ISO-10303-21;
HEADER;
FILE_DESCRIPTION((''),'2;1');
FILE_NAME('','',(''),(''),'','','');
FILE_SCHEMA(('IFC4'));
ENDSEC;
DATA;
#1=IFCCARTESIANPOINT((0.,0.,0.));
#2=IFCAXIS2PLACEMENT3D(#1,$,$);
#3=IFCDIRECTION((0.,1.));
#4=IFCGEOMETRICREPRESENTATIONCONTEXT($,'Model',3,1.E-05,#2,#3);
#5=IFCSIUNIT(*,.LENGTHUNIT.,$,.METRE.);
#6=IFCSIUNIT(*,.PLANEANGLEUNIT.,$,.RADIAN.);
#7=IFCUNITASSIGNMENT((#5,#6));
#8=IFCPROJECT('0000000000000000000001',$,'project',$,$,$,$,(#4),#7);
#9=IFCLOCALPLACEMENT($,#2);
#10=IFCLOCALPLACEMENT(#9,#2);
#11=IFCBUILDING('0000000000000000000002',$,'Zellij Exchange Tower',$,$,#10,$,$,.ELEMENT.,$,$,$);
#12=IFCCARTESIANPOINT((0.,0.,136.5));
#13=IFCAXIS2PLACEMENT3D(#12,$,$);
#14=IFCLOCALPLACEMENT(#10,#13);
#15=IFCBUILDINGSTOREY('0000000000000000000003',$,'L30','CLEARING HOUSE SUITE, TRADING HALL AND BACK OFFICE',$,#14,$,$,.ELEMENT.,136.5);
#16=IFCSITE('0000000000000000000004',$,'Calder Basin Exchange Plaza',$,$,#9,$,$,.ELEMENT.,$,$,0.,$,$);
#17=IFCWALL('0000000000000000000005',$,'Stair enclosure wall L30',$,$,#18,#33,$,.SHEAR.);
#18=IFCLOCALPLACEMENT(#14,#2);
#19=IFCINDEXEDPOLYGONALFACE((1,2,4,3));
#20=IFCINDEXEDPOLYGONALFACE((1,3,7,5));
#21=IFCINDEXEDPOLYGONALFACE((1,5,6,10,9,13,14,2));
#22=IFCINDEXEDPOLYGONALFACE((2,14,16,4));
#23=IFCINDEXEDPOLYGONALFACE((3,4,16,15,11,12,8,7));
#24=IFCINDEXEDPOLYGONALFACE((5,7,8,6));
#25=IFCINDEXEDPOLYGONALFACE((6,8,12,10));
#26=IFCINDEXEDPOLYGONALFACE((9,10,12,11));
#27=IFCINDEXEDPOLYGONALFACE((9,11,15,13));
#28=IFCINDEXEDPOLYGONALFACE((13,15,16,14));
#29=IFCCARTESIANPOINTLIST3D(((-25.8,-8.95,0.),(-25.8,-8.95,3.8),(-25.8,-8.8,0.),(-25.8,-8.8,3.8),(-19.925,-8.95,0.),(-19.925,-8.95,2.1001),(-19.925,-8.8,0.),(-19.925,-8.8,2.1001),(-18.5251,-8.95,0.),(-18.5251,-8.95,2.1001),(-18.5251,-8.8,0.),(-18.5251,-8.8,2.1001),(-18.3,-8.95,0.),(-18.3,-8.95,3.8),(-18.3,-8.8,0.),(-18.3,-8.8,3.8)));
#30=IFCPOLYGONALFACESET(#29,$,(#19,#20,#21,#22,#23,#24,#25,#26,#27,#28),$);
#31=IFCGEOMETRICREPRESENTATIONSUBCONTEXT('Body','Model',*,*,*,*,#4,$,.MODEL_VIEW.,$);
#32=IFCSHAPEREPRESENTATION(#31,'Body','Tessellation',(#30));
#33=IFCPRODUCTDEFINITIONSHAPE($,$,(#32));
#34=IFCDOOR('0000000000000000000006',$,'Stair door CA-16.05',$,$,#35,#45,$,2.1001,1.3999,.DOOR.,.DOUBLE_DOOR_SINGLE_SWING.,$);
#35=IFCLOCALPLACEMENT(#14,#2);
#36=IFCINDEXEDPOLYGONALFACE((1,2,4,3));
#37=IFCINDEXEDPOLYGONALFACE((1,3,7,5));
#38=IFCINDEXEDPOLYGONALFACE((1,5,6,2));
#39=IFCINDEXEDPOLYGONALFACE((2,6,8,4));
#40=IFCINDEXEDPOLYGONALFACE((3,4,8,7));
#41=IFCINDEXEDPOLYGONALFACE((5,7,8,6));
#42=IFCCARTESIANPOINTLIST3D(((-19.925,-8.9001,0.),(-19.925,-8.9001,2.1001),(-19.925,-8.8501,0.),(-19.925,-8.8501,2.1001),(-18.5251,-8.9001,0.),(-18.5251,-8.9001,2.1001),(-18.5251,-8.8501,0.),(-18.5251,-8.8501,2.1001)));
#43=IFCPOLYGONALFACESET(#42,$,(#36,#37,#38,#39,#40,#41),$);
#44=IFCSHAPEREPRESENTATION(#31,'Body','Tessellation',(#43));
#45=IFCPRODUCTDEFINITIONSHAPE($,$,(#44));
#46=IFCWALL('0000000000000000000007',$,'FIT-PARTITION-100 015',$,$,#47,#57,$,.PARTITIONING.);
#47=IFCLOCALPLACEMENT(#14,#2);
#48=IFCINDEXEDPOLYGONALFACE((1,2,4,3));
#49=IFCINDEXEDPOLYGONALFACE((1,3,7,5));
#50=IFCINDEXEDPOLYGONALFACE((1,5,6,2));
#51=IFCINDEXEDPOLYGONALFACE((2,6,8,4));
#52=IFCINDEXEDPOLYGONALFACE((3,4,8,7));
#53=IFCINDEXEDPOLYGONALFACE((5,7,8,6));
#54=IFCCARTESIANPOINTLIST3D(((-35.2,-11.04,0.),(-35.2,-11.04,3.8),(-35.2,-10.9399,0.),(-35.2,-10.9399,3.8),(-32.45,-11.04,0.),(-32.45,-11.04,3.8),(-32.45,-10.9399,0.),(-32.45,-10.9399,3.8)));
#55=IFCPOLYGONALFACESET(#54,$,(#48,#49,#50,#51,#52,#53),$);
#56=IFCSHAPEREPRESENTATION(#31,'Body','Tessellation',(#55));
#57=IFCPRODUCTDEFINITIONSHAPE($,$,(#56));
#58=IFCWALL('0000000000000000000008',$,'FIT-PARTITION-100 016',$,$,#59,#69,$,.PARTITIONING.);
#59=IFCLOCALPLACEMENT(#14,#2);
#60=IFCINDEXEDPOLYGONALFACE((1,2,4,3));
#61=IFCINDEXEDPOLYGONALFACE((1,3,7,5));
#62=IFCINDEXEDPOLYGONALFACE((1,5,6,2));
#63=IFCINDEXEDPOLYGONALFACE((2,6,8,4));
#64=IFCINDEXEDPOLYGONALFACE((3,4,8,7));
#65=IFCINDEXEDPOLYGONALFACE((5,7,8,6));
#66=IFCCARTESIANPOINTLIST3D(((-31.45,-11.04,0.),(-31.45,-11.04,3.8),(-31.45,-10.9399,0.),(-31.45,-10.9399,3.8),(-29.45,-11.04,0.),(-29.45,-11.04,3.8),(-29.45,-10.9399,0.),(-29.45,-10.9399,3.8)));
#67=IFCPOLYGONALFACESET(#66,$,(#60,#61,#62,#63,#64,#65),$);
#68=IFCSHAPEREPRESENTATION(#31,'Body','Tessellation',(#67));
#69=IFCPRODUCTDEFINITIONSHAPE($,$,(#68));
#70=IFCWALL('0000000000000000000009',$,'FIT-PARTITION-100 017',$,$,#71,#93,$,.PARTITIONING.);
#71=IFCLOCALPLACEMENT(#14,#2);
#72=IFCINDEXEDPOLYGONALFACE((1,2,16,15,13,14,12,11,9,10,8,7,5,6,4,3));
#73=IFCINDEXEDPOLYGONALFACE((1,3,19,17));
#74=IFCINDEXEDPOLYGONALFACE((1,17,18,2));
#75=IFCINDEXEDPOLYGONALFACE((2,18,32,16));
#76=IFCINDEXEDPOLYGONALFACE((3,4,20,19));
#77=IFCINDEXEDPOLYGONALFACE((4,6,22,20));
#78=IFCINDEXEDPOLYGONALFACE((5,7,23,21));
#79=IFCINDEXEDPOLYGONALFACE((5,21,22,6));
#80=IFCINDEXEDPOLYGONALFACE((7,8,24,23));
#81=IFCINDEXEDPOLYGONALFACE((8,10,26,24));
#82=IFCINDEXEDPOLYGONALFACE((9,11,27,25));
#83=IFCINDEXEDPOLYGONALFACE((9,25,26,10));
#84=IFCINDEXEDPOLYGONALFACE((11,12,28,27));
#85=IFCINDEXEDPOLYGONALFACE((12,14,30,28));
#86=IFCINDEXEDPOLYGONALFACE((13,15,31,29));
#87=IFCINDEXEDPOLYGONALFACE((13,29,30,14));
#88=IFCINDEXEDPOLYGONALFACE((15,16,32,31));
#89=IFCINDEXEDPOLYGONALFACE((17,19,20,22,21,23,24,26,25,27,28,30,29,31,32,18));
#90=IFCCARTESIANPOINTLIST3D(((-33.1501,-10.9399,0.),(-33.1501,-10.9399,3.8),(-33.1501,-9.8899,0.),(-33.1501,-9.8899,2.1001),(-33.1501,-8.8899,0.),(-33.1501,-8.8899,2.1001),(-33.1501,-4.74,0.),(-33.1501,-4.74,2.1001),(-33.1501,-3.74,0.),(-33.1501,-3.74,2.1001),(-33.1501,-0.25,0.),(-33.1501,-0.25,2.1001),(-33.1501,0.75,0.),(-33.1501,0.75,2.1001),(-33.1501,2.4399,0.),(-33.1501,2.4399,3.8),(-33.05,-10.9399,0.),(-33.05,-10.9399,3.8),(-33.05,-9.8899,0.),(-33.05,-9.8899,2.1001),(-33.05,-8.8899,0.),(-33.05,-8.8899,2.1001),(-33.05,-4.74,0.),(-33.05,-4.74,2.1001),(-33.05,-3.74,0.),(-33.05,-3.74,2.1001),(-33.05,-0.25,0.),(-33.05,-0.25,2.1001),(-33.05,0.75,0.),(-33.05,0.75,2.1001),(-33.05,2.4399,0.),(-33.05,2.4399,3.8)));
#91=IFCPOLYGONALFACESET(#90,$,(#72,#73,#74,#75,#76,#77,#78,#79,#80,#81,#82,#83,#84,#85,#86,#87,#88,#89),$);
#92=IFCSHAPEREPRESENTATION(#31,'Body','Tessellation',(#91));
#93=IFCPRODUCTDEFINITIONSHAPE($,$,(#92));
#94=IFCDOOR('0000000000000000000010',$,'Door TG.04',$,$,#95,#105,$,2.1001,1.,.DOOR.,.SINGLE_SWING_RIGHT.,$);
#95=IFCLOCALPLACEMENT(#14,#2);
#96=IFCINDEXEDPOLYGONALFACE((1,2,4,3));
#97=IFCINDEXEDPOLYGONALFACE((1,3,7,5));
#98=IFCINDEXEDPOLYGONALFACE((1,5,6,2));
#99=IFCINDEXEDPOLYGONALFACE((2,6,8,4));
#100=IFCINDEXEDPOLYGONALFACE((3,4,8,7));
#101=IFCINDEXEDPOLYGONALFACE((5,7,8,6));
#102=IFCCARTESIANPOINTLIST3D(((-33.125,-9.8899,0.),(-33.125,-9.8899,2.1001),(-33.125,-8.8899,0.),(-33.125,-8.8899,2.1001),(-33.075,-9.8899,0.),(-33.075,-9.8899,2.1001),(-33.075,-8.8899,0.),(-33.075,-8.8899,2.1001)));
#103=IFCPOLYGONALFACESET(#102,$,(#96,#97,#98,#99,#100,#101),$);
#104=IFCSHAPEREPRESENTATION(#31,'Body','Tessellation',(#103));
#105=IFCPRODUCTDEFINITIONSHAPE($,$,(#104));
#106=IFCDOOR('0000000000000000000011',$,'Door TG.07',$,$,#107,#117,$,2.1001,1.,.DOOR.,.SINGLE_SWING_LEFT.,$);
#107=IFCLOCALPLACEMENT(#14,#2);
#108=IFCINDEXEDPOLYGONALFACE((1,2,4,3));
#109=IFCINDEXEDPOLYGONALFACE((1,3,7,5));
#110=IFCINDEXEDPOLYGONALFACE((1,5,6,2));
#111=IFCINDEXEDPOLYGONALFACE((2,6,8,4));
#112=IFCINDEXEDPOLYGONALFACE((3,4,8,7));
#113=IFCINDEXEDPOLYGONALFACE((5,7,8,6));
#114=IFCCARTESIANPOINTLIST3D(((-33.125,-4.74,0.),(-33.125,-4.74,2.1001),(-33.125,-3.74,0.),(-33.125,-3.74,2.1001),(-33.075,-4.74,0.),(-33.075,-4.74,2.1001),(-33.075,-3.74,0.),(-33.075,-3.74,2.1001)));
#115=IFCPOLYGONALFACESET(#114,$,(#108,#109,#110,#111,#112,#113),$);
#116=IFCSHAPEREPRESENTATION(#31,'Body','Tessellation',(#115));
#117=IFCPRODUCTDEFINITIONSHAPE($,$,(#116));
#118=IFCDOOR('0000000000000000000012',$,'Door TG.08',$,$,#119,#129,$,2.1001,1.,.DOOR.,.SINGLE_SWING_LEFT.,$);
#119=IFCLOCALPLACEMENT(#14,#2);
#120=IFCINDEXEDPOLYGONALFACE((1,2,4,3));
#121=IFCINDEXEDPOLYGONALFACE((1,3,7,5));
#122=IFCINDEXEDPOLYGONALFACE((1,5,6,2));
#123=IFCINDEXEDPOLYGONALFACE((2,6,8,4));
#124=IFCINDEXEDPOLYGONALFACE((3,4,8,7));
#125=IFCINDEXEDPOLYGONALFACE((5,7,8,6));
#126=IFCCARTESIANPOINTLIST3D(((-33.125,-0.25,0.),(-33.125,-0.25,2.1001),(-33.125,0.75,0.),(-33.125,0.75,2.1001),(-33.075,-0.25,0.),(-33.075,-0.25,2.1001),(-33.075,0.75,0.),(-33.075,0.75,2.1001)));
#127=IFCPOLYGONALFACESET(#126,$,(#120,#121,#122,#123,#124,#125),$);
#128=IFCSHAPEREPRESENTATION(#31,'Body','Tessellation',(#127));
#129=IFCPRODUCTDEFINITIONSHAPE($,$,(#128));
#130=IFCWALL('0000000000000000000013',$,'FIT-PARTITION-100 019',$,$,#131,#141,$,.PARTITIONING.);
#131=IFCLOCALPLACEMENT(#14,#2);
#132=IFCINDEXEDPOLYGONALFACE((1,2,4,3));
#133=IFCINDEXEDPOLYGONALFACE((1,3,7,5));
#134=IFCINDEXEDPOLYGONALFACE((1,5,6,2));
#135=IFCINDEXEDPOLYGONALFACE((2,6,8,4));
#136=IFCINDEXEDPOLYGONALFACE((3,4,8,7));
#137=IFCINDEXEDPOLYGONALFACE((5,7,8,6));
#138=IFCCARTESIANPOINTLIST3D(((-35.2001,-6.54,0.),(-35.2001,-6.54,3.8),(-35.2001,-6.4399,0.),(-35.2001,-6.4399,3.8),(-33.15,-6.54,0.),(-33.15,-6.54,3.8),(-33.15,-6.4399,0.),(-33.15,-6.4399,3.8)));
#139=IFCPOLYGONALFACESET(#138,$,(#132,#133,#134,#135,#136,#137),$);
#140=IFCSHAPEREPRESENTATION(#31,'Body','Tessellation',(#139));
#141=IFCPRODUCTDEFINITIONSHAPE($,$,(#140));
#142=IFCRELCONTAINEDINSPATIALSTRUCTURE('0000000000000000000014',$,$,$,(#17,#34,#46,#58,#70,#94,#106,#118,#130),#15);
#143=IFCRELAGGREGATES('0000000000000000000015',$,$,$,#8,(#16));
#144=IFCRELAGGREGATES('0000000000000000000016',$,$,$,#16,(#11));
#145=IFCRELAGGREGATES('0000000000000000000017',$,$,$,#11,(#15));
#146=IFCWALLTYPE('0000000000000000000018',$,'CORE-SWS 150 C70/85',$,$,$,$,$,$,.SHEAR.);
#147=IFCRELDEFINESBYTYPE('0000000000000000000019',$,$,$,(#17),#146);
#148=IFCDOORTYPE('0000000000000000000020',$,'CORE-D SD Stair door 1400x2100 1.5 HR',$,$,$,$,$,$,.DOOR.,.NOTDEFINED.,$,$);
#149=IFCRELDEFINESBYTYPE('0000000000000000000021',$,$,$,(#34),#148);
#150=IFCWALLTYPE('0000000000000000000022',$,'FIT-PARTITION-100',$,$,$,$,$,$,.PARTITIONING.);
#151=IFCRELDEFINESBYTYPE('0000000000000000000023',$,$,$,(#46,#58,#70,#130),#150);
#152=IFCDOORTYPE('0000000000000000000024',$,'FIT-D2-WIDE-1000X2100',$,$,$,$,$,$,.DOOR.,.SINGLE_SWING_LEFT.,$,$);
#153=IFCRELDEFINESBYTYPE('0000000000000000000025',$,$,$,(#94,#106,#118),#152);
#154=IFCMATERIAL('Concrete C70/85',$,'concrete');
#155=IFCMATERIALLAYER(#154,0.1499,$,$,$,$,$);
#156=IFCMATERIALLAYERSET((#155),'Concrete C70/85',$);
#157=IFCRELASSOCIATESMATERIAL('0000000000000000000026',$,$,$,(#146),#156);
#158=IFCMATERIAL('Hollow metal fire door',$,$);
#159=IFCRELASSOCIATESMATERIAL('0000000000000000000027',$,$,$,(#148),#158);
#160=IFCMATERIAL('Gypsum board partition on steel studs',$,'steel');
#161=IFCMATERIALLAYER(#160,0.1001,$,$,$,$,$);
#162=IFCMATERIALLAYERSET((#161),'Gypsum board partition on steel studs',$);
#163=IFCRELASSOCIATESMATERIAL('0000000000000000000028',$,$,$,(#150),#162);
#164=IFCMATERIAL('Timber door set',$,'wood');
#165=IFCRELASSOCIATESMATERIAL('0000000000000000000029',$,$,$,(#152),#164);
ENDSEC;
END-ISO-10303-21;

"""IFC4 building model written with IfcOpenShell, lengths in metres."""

from ifc_helpers import new_model, si_unit, direction, frame, frame_2d, origin, place, context, subcontext, project, spatial, rectangle, extrude, material, layer, layer_set, type_object, element, fill, save


model = new_model("IFC4")

# Units and contexts
model_context = context("Model", 3, precision=1e-05, world=origin(), true_north=direction((0.0, 1.0)))
body_context = subcontext(model_context, "Body", "Model", "MODEL_VIEW")
ifc_project = project(units=[si_unit("LENGTHUNIT", "METRE"), si_unit("PLANEANGLEUNIT", "RADIAN")], contexts=[model_context])

# Site, building, storey
site_placement = place(None, origin())
site = spatial("IfcSite", under=ifc_project, at=site_placement, Name="Calder Basin Exchange Plaza", CompositionType="ELEMENT", RefElevation=0.0)
building_placement = place(site_placement, origin())
building = spatial("IfcBuilding", under=site, at=building_placement, Name="Zellij Exchange Tower", CompositionType="ELEMENT")
storey_placement = place(building_placement, frame((0.0, 0.0, 136.5)))
storey = spatial("IfcBuildingStorey", under=building, at=storey_placement, Name="L30", Description="CLEARING HOUSE SUITE, TRADING HALL AND BACK OFFICE", CompositionType="ELEMENT", Elevation=136.5)

# Shared definitions
ifc_material_1 = material(Name="Concrete C70/85", Category="concrete")

# Shared definitions
ifc_material_2 = material(Name="Hollow metal fire door")

# Wall, opening, door
ifc_layer_1 = layer(ifc_material_1, 0.1499)
ifc_layer_set_1 = layer_set([ifc_layer_1], Name="Concrete C70/85")
wall_type_1 = type_object("IfcWallType", Name="CORE-SWS 150 C70/85", PredefinedType="SHEAR", material=ifc_layer_set_1)
wall_1_placement = place(storey_placement, frame((-25.8, -8.875, 0.0), z_axis=(0.0, 0.0, 1.0), x_axis=(1.0, 0.0, 0.0)))
wall_1 = element("IfcWall", 1, at=wall_1_placement, inside=storey, type_object=wall_type_1, Name="Stair enclosure wall L30", PredefinedType="SHEAR", context=body_context, shape_type="SweptSolid", body=[
    extrude(rectangle(XDim=7.5, YDim=0.1499, at=frame_2d((3.75, 0.0))), origin(), (0.0, 0.0, 1.0), 3.8),
])
opening_1_placement = place(wall_1_placement, frame((5.875, 0.0, 0.0)))
opening_1 = element("IfcOpeningElement", 2, at=opening_1_placement, cuts=wall_1, PredefinedType="OPENING", context=body_context, shape_type="SweptSolid", body=[
    extrude(rectangle(XDim=1.3999, YDim=2.1001, at=frame_2d((0.7, 1.05))), frame((0.0, 0.0869, 0.0), z_axis=(0.0, -1.0, 0.0), x_axis=(1.0, 0.0, 0.0)), (0.0, 0.0, 1.0), 0.1738),
])
door_type_1 = type_object("IfcDoorType", Name="CORE-D SD Stair door 1400x2100 1.5 HR", OperationType="NOTDEFINED", PredefinedType="DOOR", material=ifc_material_2)
door_1_placement = place(opening_1_placement, origin())
door_1 = element("IfcDoor", 3, at=door_1_placement, inside=storey, type_object=door_type_1, Name="Stair door CA-16.05", OperationType="DOUBLE_DOOR_SINGLE_SWING", OverallHeight=2.1001, OverallWidth=1.3999, PredefinedType="DOOR", context=body_context, shape_type="SweptSolid", body=[
    extrude(rectangle(XDim=1.3999, YDim=2.1001, at=frame_2d((0.7, 1.05))), frame((0.0, 0.0249, 0.0), z_axis=(0.0, -1.0, 0.0), x_axis=(1.0, 0.0, 0.0)), (0.0, 0.0, 1.0), 0.05),
])
fill(opening_1, door_1)

# Walls
ifc_material_3 = material(Name="Gypsum board partition on steel studs", Category="steel")
ifc_layer_2 = layer(ifc_material_3, 0.1001)
ifc_layer_set_2 = layer_set([ifc_layer_2], Name="Gypsum board partition on steel studs")
wall_type_2 = type_object("IfcWallType", Name="FIT-PARTITION-100", PredefinedType="PARTITIONING", material=ifc_layer_set_2)
wall_2_placement = place(storey_placement, frame((-35.2, -10.99, 0.0), z_axis=(0.0, 0.0, 1.0), x_axis=(1.0, 0.0, 0.0)))
element("IfcWall", 4, at=wall_2_placement, inside=storey, type_object=wall_type_2, Name="FIT-PARTITION-100 015", PredefinedType="PARTITIONING", context=body_context, shape_type="SweptSolid", body=[
    extrude(rectangle(XDim=2.75, YDim=0.1001, at=frame_2d((1.375, 0.0))), origin(), (0.0, 0.0, 1.0), 3.8),
])
wall_3_placement = place(storey_placement, frame((-31.45, -10.99, 0.0), z_axis=(0.0, 0.0, 1.0), x_axis=(1.0, 0.0, 0.0)))
element("IfcWall", 5, at=wall_3_placement, inside=storey, type_object=wall_type_2, Name="FIT-PARTITION-100 016", PredefinedType="PARTITIONING", context=body_context, shape_type="SweptSolid", body=[
    extrude(rectangle(XDim=2.0, YDim=0.1001, at=frame_2d((1.0, 0.0))), origin(), (0.0, 0.0, 1.0), 3.8),
])

# Wall, openings, doors
wall_4_placement = place(storey_placement, frame((-33.1001, -10.9399, 0.0), z_axis=(0.0, 0.0, 1.0), x_axis=(0.0, 1.0, 0.0)))
wall_4 = element("IfcWall", 6, at=wall_4_placement, inside=storey, type_object=wall_type_2, Name="FIT-PARTITION-100 017", PredefinedType="PARTITIONING", context=body_context, shape_type="SweptSolid", body=[
    extrude(rectangle(XDim=13.3799, YDim=0.1001, at=frame_2d((6.6899, 0.0))), origin(), (0.0, 0.0, 1.0), 3.8),
])
opening_2_placement = place(wall_4_placement, frame((1.05, 0.0, 0.0)))
opening_2 = element("IfcOpeningElement", 7, at=opening_2_placement, cuts=wall_4, PredefinedType="OPENING", context=body_context, shape_type="SweptSolid", body=[
    extrude(rectangle(XDim=1.0, YDim=2.1001, at=frame_2d((0.5, 1.05))), frame((0.0, 0.062, 0.0), z_axis=(0.0, -1.0, 0.0), x_axis=(1.0, 0.0, 0.0)), (0.0, 0.0, 1.0), 0.124),
])
opening_3_placement = place(wall_4_placement, frame((6.2, 0.0, 0.0)))
opening_3 = element("IfcOpeningElement", 8, at=opening_3_placement, cuts=wall_4, PredefinedType="OPENING", context=body_context, shape_type="SweptSolid", body=[
    extrude(rectangle(XDim=1.0, YDim=2.1001, at=frame_2d((0.5, 1.05))), frame((0.0, 0.062, 0.0), z_axis=(0.0, -1.0, 0.0), x_axis=(1.0, 0.0, 0.0)), (0.0, 0.0, 1.0), 0.124),
])
opening_4_placement = place(wall_4_placement, frame((10.6899, 0.0, 0.0)))
opening_4 = element("IfcOpeningElement", 9, at=opening_4_placement, cuts=wall_4, PredefinedType="OPENING", context=body_context, shape_type="SweptSolid", body=[
    extrude(rectangle(XDim=1.0, YDim=2.1001, at=frame_2d((0.5, 1.05))), frame((0.0, 0.062, 0.0), z_axis=(0.0, -1.0, 0.0), x_axis=(1.0, 0.0, 0.0)), (0.0, 0.0, 1.0), 0.124),
])
ifc_material_4 = material(Name="Timber door set", Category="wood")
door_type_2 = type_object("IfcDoorType", Name="FIT-D2-WIDE-1000X2100", OperationType="SINGLE_SWING_LEFT", PredefinedType="DOOR", material=ifc_material_4)
door_2_placement = place(opening_2_placement, origin())
door_2 = element("IfcDoor", 10, at=door_2_placement, inside=storey, type_object=door_type_2, Name="Door TG.04", OperationType="SINGLE_SWING_RIGHT", OverallHeight=2.1001, OverallWidth=1.0, PredefinedType="DOOR", context=body_context, shape_type="SweptSolid", body=[
    extrude(rectangle(XDim=1.0, YDim=2.1001, at=frame_2d((0.5, 1.05))), frame((0.0, 0.0249, 0.0), z_axis=(0.0, -1.0, 0.0), x_axis=(1.0, 0.0, 0.0)), (0.0, 0.0, 1.0), 0.05),
])
fill(opening_2, door_2)
door_3_placement = place(opening_3_placement, origin())
door_3 = element("IfcDoor", 11, at=door_3_placement, inside=storey, type_object=door_type_2, Name="Door TG.07", OperationType="SINGLE_SWING_LEFT", OverallHeight=2.1001, OverallWidth=1.0, PredefinedType="DOOR", context=body_context, shape_type="SweptSolid", body=[
    extrude(rectangle(XDim=1.0, YDim=2.1001, at=frame_2d((0.5, 1.05))), frame((0.0, 0.0249, 0.0), z_axis=(0.0, -1.0, 0.0), x_axis=(1.0, 0.0, 0.0)), (0.0, 0.0, 1.0), 0.05),
])
fill(opening_3, door_3)
door_4_placement = place(opening_4_placement, origin())
door_4 = element("IfcDoor", 12, at=door_4_placement, inside=storey, type_object=door_type_2, Name="Door TG.08", OperationType="SINGLE_SWING_LEFT", OverallHeight=2.1001, OverallWidth=1.0, PredefinedType="DOOR", context=body_context, shape_type="SweptSolid", body=[
    extrude(rectangle(XDim=1.0, YDim=2.1001, at=frame_2d((0.5, 1.05))), frame((0.0, 0.0249, 0.0), z_axis=(0.0, -1.0, 0.0), x_axis=(1.0, 0.0, 0.0)), (0.0, 0.0, 1.0), 0.05),
])
fill(opening_4, door_4)

# Wall
wall_5_placement = place(storey_placement, frame((-35.2, -6.49, 0.0), z_axis=(0.0, 0.0, 1.0), x_axis=(1.0, 0.0, 0.0)))
element("IfcWall", 13, at=wall_5_placement, inside=storey, type_object=wall_type_2, Name="FIT-PARTITION-100 019", PredefinedType="PARTITIONING", context=body_context, shape_type="SweptSolid", body=[
    extrude(rectangle(XDim=2.05, YDim=0.1001, at=frame_2d((1.0249, 0.0))), origin(), (0.0, 0.0, 1.0), 3.8),
])

save(model, "model.ifc")
